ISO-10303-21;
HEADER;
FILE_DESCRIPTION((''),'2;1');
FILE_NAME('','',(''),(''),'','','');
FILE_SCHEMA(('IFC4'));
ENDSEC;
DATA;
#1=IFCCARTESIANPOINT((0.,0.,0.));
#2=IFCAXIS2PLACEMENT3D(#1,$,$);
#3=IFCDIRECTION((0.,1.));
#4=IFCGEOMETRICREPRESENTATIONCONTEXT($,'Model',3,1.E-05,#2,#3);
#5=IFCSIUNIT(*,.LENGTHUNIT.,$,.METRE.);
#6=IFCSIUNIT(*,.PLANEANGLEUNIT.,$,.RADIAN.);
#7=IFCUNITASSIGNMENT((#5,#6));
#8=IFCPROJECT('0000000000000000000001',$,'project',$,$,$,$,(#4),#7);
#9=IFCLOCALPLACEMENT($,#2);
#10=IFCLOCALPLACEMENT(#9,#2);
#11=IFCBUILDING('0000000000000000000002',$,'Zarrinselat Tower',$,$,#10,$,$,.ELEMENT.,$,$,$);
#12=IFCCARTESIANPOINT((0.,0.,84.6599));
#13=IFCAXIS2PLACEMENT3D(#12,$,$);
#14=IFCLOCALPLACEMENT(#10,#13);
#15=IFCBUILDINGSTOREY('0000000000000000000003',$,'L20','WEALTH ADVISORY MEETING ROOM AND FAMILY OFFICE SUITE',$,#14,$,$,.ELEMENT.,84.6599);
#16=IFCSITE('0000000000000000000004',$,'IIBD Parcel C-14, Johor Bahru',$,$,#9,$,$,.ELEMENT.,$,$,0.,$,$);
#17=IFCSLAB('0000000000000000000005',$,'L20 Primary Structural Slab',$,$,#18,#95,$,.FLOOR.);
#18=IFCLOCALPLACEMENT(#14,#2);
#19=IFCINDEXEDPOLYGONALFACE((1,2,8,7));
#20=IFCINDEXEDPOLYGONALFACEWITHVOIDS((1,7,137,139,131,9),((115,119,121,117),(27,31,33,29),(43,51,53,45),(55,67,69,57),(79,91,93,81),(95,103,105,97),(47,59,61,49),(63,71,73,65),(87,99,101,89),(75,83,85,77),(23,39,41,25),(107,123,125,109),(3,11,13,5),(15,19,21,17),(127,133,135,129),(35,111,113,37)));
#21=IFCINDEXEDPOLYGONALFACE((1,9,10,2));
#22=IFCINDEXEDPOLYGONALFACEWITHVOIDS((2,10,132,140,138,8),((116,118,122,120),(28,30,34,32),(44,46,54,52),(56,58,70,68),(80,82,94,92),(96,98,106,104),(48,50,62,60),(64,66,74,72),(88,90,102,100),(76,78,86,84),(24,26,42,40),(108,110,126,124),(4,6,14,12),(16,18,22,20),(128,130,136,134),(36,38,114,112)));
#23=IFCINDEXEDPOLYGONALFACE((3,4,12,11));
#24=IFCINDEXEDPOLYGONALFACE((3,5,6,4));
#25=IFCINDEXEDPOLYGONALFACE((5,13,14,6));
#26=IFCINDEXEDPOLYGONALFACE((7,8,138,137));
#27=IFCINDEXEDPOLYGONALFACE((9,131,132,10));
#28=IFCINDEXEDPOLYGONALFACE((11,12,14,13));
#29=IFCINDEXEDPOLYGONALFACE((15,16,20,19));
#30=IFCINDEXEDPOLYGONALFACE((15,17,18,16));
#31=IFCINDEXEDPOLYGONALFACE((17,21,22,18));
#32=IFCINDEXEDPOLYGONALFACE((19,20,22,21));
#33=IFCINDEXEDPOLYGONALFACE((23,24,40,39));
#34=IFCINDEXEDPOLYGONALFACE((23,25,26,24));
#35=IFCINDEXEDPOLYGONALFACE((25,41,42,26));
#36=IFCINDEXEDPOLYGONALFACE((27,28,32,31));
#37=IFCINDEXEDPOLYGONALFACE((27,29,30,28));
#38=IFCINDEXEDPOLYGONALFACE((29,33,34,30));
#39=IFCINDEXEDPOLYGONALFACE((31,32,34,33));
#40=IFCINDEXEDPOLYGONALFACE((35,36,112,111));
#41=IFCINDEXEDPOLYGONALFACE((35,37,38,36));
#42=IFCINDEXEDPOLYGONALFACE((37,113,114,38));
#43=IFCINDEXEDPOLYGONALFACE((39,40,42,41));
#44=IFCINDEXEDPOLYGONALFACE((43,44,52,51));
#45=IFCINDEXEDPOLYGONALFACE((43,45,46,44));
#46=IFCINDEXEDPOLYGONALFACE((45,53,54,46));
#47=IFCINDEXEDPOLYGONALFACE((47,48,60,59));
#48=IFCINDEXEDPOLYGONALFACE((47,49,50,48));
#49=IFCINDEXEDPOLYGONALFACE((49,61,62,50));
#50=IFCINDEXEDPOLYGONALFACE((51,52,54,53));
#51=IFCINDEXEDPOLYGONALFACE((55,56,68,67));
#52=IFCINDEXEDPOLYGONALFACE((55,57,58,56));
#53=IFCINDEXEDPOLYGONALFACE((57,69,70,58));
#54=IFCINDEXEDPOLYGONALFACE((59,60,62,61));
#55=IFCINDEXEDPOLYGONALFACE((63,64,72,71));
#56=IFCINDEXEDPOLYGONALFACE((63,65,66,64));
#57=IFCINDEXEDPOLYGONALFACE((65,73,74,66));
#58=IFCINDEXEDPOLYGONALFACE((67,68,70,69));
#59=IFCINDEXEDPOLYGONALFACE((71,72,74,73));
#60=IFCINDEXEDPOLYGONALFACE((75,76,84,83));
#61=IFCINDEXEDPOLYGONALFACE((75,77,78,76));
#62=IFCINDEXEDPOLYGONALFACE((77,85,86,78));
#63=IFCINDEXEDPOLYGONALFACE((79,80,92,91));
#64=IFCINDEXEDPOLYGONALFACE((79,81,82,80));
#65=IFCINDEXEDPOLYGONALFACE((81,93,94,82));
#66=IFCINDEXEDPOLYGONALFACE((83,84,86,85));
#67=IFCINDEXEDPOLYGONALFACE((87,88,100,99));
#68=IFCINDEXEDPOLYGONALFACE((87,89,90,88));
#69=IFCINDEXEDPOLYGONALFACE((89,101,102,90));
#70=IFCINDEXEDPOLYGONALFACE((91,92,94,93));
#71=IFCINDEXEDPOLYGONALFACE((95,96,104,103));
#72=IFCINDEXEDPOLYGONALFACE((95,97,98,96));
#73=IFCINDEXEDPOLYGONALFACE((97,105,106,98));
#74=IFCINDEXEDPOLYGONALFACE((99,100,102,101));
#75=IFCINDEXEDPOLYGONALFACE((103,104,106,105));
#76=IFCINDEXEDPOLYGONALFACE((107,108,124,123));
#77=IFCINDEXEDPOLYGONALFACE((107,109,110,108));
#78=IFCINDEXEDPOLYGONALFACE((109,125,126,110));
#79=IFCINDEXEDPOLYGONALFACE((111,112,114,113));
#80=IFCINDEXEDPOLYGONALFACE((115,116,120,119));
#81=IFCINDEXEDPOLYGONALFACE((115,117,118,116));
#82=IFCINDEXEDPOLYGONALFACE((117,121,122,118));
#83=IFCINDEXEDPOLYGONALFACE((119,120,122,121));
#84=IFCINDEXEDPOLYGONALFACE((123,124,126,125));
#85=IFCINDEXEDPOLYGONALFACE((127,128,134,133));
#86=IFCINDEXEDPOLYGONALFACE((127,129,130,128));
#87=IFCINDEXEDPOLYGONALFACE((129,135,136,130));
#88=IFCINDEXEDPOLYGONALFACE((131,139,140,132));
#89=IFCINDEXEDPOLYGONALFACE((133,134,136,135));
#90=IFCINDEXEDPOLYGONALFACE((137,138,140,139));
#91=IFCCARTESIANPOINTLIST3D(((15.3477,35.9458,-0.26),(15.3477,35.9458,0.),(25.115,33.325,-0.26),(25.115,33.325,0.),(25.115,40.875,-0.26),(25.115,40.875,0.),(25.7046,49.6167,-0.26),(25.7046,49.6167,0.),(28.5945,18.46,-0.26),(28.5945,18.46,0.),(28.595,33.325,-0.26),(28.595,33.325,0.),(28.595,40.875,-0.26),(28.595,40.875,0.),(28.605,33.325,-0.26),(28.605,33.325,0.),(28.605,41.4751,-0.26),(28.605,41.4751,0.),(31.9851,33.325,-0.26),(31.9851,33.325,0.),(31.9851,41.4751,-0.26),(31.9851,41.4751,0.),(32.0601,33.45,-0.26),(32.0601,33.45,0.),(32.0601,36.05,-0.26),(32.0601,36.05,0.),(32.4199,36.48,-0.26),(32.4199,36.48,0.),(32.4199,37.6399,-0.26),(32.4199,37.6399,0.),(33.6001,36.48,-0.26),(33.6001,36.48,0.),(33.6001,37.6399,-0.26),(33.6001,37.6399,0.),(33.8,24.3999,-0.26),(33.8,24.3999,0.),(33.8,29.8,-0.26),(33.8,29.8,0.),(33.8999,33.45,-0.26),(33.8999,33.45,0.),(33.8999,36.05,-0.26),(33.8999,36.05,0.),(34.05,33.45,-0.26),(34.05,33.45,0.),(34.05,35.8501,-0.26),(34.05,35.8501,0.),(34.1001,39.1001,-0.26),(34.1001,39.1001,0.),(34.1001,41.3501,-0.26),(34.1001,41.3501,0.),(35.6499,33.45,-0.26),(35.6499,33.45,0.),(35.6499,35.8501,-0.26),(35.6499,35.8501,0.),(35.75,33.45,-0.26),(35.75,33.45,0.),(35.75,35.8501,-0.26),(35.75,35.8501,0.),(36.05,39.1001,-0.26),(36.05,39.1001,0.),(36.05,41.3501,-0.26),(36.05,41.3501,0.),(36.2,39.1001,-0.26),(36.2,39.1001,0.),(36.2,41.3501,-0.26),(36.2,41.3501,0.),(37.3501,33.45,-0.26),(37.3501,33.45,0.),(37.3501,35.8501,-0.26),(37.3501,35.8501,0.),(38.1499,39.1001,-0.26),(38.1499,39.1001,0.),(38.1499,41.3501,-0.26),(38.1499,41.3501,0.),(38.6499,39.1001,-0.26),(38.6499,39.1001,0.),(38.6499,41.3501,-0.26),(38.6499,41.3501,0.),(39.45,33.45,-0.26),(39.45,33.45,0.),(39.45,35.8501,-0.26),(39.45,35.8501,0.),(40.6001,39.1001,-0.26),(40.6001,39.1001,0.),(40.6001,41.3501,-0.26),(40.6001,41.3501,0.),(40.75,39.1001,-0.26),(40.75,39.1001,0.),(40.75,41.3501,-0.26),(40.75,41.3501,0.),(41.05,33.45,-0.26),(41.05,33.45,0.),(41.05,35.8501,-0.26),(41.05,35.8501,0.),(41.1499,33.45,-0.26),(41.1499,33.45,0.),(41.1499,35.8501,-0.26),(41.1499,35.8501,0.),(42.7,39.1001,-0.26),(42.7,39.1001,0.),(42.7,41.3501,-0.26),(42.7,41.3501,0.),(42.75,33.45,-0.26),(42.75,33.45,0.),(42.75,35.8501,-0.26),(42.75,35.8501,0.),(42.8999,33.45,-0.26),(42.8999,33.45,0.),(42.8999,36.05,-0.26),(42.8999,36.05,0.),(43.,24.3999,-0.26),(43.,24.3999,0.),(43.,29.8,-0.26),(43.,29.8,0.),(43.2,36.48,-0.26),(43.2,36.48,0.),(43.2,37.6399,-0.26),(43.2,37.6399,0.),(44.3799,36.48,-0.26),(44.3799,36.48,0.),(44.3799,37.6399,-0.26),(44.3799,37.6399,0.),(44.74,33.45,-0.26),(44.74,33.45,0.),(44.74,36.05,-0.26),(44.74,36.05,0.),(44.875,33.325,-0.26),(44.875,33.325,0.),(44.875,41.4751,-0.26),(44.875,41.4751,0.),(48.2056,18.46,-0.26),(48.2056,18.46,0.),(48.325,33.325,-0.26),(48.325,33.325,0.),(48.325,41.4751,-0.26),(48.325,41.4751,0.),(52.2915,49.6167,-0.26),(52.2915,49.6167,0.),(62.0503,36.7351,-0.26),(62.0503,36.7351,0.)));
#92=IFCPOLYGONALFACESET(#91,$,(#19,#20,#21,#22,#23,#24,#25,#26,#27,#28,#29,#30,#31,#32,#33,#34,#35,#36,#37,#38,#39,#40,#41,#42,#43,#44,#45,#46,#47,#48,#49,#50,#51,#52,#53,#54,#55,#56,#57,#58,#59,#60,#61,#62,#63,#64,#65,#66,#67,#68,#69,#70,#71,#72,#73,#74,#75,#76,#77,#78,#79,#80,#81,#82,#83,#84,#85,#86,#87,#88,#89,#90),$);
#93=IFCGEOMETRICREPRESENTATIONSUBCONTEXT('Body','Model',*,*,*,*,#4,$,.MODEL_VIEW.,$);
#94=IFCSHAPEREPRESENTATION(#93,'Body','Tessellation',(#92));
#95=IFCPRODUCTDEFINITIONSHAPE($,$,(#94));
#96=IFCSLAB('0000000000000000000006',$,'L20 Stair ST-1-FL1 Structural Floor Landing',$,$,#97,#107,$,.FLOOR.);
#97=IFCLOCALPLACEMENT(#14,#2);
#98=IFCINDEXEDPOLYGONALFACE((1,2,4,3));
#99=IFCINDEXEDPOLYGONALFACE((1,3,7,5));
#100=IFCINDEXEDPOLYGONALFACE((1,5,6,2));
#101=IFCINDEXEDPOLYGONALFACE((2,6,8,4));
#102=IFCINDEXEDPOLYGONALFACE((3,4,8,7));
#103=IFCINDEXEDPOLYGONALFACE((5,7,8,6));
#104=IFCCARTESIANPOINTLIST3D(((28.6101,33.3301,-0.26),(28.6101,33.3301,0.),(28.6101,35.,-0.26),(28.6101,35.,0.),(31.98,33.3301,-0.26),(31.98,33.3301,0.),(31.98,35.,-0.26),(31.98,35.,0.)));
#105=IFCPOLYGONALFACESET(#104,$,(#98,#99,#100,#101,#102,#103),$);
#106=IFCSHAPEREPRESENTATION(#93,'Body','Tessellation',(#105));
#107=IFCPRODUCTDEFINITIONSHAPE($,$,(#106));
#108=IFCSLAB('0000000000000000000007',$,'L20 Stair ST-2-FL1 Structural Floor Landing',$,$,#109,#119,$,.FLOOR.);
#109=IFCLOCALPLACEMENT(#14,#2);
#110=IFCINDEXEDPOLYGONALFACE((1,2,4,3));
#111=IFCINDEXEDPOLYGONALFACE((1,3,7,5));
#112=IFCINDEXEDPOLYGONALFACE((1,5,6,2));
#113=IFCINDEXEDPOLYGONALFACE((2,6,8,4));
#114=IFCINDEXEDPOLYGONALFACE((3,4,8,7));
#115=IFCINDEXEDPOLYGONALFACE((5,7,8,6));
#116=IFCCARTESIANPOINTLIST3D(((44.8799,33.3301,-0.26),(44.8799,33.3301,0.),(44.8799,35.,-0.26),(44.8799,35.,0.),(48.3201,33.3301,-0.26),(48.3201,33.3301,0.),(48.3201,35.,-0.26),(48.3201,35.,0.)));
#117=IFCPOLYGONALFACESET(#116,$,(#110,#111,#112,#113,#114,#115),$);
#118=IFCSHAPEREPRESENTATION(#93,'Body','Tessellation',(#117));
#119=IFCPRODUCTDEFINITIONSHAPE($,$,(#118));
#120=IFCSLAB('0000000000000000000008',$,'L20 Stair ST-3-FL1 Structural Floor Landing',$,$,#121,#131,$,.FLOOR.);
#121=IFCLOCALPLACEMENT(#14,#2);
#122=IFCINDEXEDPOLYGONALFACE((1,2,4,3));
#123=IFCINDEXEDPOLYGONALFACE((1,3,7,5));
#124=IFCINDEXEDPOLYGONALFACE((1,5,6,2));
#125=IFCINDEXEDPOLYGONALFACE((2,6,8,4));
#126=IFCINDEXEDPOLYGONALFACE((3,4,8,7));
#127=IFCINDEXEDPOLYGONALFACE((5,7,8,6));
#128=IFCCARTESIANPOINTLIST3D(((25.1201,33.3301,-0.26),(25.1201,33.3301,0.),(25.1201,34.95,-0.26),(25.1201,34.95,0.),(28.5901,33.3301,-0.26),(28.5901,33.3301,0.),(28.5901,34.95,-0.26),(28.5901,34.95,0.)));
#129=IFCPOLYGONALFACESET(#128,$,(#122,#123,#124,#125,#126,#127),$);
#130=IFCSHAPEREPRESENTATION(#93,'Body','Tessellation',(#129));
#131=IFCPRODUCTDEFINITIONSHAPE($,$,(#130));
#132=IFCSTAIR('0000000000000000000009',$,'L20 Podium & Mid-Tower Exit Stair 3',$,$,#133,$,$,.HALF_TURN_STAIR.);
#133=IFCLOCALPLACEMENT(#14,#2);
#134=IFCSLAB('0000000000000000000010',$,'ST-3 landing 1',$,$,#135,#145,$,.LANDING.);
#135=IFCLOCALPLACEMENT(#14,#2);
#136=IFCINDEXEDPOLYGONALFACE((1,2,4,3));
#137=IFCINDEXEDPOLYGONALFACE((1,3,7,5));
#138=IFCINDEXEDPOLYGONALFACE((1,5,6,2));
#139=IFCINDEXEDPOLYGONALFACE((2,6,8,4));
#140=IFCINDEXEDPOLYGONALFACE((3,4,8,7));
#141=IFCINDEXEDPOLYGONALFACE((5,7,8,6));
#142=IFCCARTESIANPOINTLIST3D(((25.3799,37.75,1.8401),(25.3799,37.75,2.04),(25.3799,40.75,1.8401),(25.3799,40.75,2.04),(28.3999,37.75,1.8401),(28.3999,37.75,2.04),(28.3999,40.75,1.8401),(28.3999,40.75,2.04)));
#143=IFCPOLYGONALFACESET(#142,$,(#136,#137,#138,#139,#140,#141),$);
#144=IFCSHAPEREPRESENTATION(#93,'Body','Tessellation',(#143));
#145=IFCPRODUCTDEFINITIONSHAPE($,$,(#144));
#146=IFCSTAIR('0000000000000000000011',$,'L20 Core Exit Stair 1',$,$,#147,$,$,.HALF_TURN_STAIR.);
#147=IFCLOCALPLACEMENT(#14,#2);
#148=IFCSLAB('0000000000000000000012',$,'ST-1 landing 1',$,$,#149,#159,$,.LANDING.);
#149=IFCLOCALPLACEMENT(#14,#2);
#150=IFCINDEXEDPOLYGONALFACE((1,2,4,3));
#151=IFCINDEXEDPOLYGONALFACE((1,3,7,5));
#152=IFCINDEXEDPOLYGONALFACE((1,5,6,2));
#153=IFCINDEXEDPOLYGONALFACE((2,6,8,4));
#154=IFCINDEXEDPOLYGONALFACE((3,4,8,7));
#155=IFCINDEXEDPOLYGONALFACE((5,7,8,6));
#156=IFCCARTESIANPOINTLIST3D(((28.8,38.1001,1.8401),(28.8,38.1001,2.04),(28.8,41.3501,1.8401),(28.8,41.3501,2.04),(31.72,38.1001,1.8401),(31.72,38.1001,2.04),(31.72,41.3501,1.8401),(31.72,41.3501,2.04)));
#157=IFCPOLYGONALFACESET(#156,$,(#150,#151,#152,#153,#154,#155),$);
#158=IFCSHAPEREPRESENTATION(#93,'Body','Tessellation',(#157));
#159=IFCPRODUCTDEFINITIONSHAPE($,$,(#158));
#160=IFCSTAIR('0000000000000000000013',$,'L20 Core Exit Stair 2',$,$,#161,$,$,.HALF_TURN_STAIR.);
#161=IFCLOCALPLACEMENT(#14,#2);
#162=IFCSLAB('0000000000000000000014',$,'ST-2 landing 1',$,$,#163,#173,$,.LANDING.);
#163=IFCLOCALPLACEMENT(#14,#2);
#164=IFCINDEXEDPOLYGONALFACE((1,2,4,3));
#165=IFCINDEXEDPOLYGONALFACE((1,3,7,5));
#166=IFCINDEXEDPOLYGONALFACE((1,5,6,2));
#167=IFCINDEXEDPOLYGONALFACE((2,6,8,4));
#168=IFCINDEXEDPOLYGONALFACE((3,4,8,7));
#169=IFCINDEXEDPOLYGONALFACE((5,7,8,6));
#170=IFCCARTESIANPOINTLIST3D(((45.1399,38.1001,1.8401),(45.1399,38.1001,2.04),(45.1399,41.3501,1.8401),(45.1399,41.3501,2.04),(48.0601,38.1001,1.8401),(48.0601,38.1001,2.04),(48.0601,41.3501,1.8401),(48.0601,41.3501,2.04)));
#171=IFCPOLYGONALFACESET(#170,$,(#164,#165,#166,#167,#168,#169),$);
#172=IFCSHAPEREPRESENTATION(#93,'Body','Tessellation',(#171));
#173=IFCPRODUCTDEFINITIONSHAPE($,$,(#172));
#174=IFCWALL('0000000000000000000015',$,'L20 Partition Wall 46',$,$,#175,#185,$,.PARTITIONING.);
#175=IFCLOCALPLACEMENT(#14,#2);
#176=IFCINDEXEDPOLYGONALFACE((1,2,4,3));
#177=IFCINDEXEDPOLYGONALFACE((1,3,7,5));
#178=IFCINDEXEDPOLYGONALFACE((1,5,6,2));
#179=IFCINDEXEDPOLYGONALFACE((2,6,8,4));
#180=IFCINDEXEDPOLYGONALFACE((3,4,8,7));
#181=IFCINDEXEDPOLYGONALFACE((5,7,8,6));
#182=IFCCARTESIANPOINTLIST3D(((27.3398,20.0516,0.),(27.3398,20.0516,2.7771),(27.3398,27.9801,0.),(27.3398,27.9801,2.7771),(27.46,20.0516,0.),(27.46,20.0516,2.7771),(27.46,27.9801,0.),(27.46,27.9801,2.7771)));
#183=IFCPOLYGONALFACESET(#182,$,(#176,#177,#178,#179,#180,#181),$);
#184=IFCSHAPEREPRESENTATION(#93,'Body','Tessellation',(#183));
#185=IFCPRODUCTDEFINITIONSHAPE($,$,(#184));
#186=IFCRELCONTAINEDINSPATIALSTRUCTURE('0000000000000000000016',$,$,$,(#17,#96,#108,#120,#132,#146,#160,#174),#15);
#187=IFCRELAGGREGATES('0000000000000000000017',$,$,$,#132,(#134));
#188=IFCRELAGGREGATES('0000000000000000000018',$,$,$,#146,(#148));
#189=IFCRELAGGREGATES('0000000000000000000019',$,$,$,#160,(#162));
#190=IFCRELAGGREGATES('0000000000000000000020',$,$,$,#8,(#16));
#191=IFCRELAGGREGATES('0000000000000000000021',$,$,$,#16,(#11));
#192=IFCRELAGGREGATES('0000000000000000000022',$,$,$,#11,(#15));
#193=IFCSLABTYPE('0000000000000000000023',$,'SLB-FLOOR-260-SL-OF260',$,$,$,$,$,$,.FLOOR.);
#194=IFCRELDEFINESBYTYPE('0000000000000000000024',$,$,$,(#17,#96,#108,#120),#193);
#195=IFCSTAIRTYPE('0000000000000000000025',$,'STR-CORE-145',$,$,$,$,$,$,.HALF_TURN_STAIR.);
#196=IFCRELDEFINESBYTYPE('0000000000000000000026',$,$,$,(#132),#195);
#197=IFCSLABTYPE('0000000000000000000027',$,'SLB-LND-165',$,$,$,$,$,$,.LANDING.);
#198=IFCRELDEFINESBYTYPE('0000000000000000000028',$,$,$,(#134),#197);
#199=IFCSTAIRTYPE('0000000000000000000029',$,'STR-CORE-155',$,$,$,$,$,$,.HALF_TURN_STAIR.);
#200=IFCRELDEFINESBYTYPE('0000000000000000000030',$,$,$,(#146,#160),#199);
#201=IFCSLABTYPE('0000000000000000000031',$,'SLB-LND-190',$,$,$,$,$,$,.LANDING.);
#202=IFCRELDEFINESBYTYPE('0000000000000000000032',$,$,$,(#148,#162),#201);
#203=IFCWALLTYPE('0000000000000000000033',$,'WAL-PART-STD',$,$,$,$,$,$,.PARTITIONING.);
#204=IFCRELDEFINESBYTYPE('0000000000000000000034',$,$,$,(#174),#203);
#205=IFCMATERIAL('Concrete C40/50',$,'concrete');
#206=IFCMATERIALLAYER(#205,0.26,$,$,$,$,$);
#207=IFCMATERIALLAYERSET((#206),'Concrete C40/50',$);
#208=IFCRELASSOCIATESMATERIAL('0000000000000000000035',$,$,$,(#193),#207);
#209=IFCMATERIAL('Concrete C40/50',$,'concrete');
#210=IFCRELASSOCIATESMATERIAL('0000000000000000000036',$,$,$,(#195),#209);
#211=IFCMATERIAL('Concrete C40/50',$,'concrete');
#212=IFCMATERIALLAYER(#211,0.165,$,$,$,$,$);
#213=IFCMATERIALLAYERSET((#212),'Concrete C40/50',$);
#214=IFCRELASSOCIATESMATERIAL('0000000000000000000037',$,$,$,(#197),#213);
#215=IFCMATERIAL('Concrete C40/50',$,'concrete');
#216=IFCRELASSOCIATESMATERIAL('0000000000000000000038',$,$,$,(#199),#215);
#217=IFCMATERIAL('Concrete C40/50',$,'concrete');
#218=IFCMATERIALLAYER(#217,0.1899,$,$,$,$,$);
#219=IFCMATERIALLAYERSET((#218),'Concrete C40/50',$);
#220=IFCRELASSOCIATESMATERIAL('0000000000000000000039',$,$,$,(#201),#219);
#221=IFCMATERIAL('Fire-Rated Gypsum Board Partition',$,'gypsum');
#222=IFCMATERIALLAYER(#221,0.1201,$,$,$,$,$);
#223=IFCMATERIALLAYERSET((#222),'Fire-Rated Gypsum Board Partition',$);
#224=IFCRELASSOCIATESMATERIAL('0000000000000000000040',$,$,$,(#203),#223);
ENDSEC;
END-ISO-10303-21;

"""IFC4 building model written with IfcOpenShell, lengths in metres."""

from ifc_helpers import new_model, si_unit, direction, frame, frame_2d, origin, place, context, subcontext, project, spatial, polyline, rectangle, outline, extrude, material, layer, layer_set, type_object, element, aggregate, save


model = new_model("IFC4")

# Units and contexts
model_context = context("Model", 3, precision=1e-05, world=origin(), true_north=direction((0.0, 1.0)))
body_context = subcontext(model_context, "Body", "Model", "MODEL_VIEW")
ifc_project = project(units=[si_unit("LENGTHUNIT", "METRE"), si_unit("PLANEANGLEUNIT", "RADIAN")], contexts=[model_context])

# Site, building, storey
site_placement = place(None, origin())
site = spatial("IfcSite", under=ifc_project, at=site_placement, Name="IIBD Parcel C-14, Johor Bahru", CompositionType="ELEMENT", RefElevation=0.0)
building_placement = place(site_placement, origin())
building = spatial("IfcBuilding", under=site, at=building_placement, Name="Zarrinselat Tower", CompositionType="ELEMENT")
storey_placement = place(building_placement, frame((0.0, 0.0, 84.6599)))
storey = spatial("IfcBuildingStorey", under=building, at=storey_placement, Name="L20", Description="WEALTH ADVISORY MEETING ROOM AND FAMILY OFFICE SUITE", CompositionType="ELEMENT", Elevation=84.6599)

# Slabs
ifc_material_1 = material(Name="Concrete C40/50", Category="concrete")
ifc_layer_1 = layer(ifc_material_1, 0.26)
ifc_layer_set_1 = layer_set([ifc_layer_1], Name="Concrete C40/50")
slab_type_1 = type_object("IfcSlabType", Name="SLB-FLOOR-260-SL-OF260", PredefinedType="FLOOR", material=ifc_layer_set_1)
slab_1_placement = place(storey_placement, frame((0.0, 0.0, -0.26)))
element("IfcSlab", 1, at=slab_1_placement, inside=storey, type_object=slab_type_1, Name="L20 Primary Structural Slab", PredefinedType="FLOOR", context=body_context, shape_type="SweptSolid", body=[
    extrude(outline(polyline([(52.2915, 49.6167), (25.7046, 49.6167), (15.3477, 35.9458), (28.5945, 18.46), (48.2056, 18.46), (62.0503, 36.7351), (52.2915, 49.6167)]), holes=[polyline([(34.05, 33.45), (34.05, 35.8501), (35.6499, 35.8501), (35.6499, 33.45), (34.05, 33.45)]), polyline([(35.75, 33.45), (35.75, 35.8501), (37.3501, 35.8501), (37.3501, 33.45), (35.75, 33.45)]), polyline([(32.0601, 33.45), (32.0601, 36.05), (33.8999, 36.05), (33.8999, 33.45), (32.0601, 33.45)]), polyline([(32.4199, 36.48), (32.4199, 37.6399), (33.6001, 37.6399), (33.6001, 36.48), (32.4199, 36.48)]), polyline([(28.595, 33.325), (25.115, 33.325), (25.115, 40.875), (28.595, 40.875), (28.595, 33.325)]), polyline([(31.9851, 33.325), (28.605, 33.325), (28.605, 41.4751), (31.9851, 41.4751), (31.9851, 33.325)]), polyline([(34.1001, 39.1001), (34.1001, 41.3501), (36.05, 41.3501), (36.05, 39.1001), (34.1001, 39.1001)]), polyline([(36.2, 39.1001), (36.2, 41.3501), (38.1499, 41.3501), (38.1499, 39.1001), (36.2, 39.1001)]), polyline([(33.8, 24.3999), (33.8, 29.8), (43.0, 29.8), (43.0, 24.3999), (33.8, 24.3999)]), polyline([(39.45, 33.45), (39.45, 35.8501), (41.05, 35.8501), (41.05, 33.45), (39.45, 33.45)]), polyline([(41.1499, 33.45), (41.1499, 35.8501), (42.75, 35.8501), (42.75, 33.45), (41.1499, 33.45)]), polyline([(42.8999, 33.45), (42.8999, 36.05), (44.74, 36.05), (44.74, 33.45), (42.8999, 33.45)]), polyline([(43.2, 36.48), (43.2, 37.6399), (44.3799, 37.6399), (44.3799, 36.48), (43.2, 36.48)]), polyline([(48.325, 33.325), (44.875, 33.325), (44.875, 41.4751), (48.325, 41.4751), (48.325, 33.325)]), polyline([(38.6499, 39.1001), (38.6499, 41.3501), (40.6001, 41.3501), (40.6001, 39.1001), (38.6499, 39.1001)]), polyline([(40.75, 39.1001), (40.75, 41.3501), (42.7, 41.3501), (42.7, 39.1001), (40.75, 39.1001)])]), origin(), (0.0, 0.0, 1.0), 0.26),
])
slab_2_placement = place(storey_placement, frame((0.0, 0.0, -0.26)))
element("IfcSlab", 2, at=slab_2_placement, inside=storey, type_object=slab_type_1, Name="L20 Stair ST-1-FL1 Structural Floor Landing", PredefinedType="FLOOR", context=body_context, shape_type="SweptSolid", body=[
    extrude(outline(polyline([(31.98, 33.3301), (31.98, 35.0), (28.6101, 35.0), (28.6101, 33.3301), (31.98, 33.3301)])), origin(), (0.0, 0.0, 1.0), 0.26),
])
slab_3_placement = place(storey_placement, frame((0.0, 0.0, -0.26)))
element("IfcSlab", 3, at=slab_3_placement, inside=storey, type_object=slab_type_1, Name="L20 Stair ST-2-FL1 Structural Floor Landing", PredefinedType="FLOOR", context=body_context, shape_type="SweptSolid", body=[
    extrude(outline(polyline([(48.3201, 33.3301), (48.3201, 35.0), (44.8799, 35.0), (44.8799, 33.3301), (48.3201, 33.3301)])), origin(), (0.0, 0.0, 1.0), 0.26),
])
slab_4_placement = place(storey_placement, frame((0.0, 0.0, -0.26)))
element("IfcSlab", 4, at=slab_4_placement, inside=storey, type_object=slab_type_1, Name="L20 Stair ST-3-FL1 Structural Floor Landing", PredefinedType="FLOOR", context=body_context, shape_type="SweptSolid", body=[
    extrude(outline(polyline([(28.5901, 33.3301), (28.5901, 34.95), (25.1201, 34.95), (25.1201, 33.3301), (28.5901, 33.3301)])), origin(), (0.0, 0.0, 1.0), 0.26),
])

# Stairs, slabs
ifc_material_2 = material(Name="Concrete C40/50", Category="concrete")
stair_type_1 = type_object("IfcStairType", Name="STR-CORE-145", PredefinedType="HALF_TURN_STAIR", material=ifc_material_2)
stair_1_placement = place(storey_placement, origin())
stair_1 = element("IfcStair", 5, at=stair_1_placement, inside=storey, type_object=stair_type_1, Name="L20 Podium & Mid-Tower Exit Stair 3", PredefinedType="HALF_TURN_STAIR")
ifc_material_3 = material(Name="Concrete C40/50", Category="concrete")
ifc_layer_2 = layer(ifc_material_3, 0.165)
ifc_layer_set_2 = layer_set([ifc_layer_2], Name="Concrete C40/50")
slab_type_2 = type_object("IfcSlabType", Name="SLB-LND-165", PredefinedType="LANDING", material=ifc_layer_set_2)
slab_5_placement = place(storey_placement, frame((0.0, 0.0, 1.8401)))
slab_5 = element("IfcSlab", 6, at=slab_5_placement, type_object=slab_type_2, Name="ST-3 landing 1", PredefinedType="LANDING", context=body_context, shape_type="SweptSolid", body=[
    extrude(outline(polyline([(28.3999, 37.75), (28.3999, 40.75), (25.3799, 40.75), (25.3799, 37.75), (28.3999, 37.75)])), origin(), (0.0, 0.0, 1.0), 0.2),
])
aggregate(stair_1, [slab_5])
ifc_material_4 = material(Name="Concrete C40/50", Category="concrete")
stair_type_2 = type_object("IfcStairType", Name="STR-CORE-155", PredefinedType="HALF_TURN_STAIR", material=ifc_material_4)
stair_2_placement = place(storey_placement, origin())
stair_2 = element("IfcStair", 7, at=stair_2_placement, inside=storey, type_object=stair_type_2, Name="L20 Core Exit Stair 1", PredefinedType="HALF_TURN_STAIR")
ifc_material_5 = material(Name="Concrete C40/50", Category="concrete")
ifc_layer_3 = layer(ifc_material_5, 0.1899)
ifc_layer_set_3 = layer_set([ifc_layer_3], Name="Concrete C40/50")
slab_type_3 = type_object("IfcSlabType", Name="SLB-LND-190", PredefinedType="LANDING", material=ifc_layer_set_3)
slab_6_placement = place(storey_placement, frame((0.0, 0.0, 1.8401)))
slab_6 = element("IfcSlab", 8, at=slab_6_placement, type_object=slab_type_3, Name="ST-1 landing 1", PredefinedType="LANDING", context=body_context, shape_type="SweptSolid", body=[
    extrude(outline(polyline([(31.72, 38.1001), (31.72, 41.3501), (28.8, 41.3501), (28.8, 38.1001), (31.72, 38.1001)])), origin(), (0.0, 0.0, 1.0), 0.2),
])
aggregate(stair_2, [slab_6])
stair_3_placement = place(storey_placement, origin())
stair_3 = element("IfcStair", 9, at=stair_3_placement, inside=storey, type_object=stair_type_2, Name="L20 Core Exit Stair 2", PredefinedType="HALF_TURN_STAIR")
slab_7_placement = place(storey_placement, frame((0.0, 0.0, 1.8401)))
slab_7 = element("IfcSlab", 10, at=slab_7_placement, type_object=slab_type_3, Name="ST-2 landing 1", PredefinedType="LANDING", context=body_context, shape_type="SweptSolid", body=[
    extrude(outline(polyline([(48.0601, 38.1001), (48.0601, 41.3501), (45.1399, 41.3501), (45.1399, 38.1001), (48.0601, 38.1001)])), origin(), (0.0, 0.0, 1.0), 0.2),
])
aggregate(stair_3, [slab_7])

# Wall
ifc_material_6 = material(Name="Fire-Rated Gypsum Board Partition", Category="gypsum")
ifc_layer_4 = layer(ifc_material_6, 0.1201)
ifc_layer_set_4 = layer_set([ifc_layer_4], Name="Fire-Rated Gypsum Board Partition")
wall_type = type_object("IfcWallType", Name="WAL-PART-STD", PredefinedType="PARTITIONING", material=ifc_layer_set_4)
wall_placement = place(storey_placement, frame((27.3999, 20.0515, 0.0), z_axis=(0.0, 0.0, 1.0), x_axis=(0.0, 1.0, 0.0)))
element("IfcWall", 11, at=wall_placement, inside=storey, type_object=wall_type, Name="L20 Partition Wall 46", PredefinedType="PARTITIONING", context=body_context, shape_type="SweptSolid", body=[
    extrude(rectangle(XDim=7.9285, YDim=0.1201, at=frame_2d((3.9644, 0.0))), origin(), (0.0, 0.0, 1.0), 2.7771),
])

save(model, "model.ifc")
